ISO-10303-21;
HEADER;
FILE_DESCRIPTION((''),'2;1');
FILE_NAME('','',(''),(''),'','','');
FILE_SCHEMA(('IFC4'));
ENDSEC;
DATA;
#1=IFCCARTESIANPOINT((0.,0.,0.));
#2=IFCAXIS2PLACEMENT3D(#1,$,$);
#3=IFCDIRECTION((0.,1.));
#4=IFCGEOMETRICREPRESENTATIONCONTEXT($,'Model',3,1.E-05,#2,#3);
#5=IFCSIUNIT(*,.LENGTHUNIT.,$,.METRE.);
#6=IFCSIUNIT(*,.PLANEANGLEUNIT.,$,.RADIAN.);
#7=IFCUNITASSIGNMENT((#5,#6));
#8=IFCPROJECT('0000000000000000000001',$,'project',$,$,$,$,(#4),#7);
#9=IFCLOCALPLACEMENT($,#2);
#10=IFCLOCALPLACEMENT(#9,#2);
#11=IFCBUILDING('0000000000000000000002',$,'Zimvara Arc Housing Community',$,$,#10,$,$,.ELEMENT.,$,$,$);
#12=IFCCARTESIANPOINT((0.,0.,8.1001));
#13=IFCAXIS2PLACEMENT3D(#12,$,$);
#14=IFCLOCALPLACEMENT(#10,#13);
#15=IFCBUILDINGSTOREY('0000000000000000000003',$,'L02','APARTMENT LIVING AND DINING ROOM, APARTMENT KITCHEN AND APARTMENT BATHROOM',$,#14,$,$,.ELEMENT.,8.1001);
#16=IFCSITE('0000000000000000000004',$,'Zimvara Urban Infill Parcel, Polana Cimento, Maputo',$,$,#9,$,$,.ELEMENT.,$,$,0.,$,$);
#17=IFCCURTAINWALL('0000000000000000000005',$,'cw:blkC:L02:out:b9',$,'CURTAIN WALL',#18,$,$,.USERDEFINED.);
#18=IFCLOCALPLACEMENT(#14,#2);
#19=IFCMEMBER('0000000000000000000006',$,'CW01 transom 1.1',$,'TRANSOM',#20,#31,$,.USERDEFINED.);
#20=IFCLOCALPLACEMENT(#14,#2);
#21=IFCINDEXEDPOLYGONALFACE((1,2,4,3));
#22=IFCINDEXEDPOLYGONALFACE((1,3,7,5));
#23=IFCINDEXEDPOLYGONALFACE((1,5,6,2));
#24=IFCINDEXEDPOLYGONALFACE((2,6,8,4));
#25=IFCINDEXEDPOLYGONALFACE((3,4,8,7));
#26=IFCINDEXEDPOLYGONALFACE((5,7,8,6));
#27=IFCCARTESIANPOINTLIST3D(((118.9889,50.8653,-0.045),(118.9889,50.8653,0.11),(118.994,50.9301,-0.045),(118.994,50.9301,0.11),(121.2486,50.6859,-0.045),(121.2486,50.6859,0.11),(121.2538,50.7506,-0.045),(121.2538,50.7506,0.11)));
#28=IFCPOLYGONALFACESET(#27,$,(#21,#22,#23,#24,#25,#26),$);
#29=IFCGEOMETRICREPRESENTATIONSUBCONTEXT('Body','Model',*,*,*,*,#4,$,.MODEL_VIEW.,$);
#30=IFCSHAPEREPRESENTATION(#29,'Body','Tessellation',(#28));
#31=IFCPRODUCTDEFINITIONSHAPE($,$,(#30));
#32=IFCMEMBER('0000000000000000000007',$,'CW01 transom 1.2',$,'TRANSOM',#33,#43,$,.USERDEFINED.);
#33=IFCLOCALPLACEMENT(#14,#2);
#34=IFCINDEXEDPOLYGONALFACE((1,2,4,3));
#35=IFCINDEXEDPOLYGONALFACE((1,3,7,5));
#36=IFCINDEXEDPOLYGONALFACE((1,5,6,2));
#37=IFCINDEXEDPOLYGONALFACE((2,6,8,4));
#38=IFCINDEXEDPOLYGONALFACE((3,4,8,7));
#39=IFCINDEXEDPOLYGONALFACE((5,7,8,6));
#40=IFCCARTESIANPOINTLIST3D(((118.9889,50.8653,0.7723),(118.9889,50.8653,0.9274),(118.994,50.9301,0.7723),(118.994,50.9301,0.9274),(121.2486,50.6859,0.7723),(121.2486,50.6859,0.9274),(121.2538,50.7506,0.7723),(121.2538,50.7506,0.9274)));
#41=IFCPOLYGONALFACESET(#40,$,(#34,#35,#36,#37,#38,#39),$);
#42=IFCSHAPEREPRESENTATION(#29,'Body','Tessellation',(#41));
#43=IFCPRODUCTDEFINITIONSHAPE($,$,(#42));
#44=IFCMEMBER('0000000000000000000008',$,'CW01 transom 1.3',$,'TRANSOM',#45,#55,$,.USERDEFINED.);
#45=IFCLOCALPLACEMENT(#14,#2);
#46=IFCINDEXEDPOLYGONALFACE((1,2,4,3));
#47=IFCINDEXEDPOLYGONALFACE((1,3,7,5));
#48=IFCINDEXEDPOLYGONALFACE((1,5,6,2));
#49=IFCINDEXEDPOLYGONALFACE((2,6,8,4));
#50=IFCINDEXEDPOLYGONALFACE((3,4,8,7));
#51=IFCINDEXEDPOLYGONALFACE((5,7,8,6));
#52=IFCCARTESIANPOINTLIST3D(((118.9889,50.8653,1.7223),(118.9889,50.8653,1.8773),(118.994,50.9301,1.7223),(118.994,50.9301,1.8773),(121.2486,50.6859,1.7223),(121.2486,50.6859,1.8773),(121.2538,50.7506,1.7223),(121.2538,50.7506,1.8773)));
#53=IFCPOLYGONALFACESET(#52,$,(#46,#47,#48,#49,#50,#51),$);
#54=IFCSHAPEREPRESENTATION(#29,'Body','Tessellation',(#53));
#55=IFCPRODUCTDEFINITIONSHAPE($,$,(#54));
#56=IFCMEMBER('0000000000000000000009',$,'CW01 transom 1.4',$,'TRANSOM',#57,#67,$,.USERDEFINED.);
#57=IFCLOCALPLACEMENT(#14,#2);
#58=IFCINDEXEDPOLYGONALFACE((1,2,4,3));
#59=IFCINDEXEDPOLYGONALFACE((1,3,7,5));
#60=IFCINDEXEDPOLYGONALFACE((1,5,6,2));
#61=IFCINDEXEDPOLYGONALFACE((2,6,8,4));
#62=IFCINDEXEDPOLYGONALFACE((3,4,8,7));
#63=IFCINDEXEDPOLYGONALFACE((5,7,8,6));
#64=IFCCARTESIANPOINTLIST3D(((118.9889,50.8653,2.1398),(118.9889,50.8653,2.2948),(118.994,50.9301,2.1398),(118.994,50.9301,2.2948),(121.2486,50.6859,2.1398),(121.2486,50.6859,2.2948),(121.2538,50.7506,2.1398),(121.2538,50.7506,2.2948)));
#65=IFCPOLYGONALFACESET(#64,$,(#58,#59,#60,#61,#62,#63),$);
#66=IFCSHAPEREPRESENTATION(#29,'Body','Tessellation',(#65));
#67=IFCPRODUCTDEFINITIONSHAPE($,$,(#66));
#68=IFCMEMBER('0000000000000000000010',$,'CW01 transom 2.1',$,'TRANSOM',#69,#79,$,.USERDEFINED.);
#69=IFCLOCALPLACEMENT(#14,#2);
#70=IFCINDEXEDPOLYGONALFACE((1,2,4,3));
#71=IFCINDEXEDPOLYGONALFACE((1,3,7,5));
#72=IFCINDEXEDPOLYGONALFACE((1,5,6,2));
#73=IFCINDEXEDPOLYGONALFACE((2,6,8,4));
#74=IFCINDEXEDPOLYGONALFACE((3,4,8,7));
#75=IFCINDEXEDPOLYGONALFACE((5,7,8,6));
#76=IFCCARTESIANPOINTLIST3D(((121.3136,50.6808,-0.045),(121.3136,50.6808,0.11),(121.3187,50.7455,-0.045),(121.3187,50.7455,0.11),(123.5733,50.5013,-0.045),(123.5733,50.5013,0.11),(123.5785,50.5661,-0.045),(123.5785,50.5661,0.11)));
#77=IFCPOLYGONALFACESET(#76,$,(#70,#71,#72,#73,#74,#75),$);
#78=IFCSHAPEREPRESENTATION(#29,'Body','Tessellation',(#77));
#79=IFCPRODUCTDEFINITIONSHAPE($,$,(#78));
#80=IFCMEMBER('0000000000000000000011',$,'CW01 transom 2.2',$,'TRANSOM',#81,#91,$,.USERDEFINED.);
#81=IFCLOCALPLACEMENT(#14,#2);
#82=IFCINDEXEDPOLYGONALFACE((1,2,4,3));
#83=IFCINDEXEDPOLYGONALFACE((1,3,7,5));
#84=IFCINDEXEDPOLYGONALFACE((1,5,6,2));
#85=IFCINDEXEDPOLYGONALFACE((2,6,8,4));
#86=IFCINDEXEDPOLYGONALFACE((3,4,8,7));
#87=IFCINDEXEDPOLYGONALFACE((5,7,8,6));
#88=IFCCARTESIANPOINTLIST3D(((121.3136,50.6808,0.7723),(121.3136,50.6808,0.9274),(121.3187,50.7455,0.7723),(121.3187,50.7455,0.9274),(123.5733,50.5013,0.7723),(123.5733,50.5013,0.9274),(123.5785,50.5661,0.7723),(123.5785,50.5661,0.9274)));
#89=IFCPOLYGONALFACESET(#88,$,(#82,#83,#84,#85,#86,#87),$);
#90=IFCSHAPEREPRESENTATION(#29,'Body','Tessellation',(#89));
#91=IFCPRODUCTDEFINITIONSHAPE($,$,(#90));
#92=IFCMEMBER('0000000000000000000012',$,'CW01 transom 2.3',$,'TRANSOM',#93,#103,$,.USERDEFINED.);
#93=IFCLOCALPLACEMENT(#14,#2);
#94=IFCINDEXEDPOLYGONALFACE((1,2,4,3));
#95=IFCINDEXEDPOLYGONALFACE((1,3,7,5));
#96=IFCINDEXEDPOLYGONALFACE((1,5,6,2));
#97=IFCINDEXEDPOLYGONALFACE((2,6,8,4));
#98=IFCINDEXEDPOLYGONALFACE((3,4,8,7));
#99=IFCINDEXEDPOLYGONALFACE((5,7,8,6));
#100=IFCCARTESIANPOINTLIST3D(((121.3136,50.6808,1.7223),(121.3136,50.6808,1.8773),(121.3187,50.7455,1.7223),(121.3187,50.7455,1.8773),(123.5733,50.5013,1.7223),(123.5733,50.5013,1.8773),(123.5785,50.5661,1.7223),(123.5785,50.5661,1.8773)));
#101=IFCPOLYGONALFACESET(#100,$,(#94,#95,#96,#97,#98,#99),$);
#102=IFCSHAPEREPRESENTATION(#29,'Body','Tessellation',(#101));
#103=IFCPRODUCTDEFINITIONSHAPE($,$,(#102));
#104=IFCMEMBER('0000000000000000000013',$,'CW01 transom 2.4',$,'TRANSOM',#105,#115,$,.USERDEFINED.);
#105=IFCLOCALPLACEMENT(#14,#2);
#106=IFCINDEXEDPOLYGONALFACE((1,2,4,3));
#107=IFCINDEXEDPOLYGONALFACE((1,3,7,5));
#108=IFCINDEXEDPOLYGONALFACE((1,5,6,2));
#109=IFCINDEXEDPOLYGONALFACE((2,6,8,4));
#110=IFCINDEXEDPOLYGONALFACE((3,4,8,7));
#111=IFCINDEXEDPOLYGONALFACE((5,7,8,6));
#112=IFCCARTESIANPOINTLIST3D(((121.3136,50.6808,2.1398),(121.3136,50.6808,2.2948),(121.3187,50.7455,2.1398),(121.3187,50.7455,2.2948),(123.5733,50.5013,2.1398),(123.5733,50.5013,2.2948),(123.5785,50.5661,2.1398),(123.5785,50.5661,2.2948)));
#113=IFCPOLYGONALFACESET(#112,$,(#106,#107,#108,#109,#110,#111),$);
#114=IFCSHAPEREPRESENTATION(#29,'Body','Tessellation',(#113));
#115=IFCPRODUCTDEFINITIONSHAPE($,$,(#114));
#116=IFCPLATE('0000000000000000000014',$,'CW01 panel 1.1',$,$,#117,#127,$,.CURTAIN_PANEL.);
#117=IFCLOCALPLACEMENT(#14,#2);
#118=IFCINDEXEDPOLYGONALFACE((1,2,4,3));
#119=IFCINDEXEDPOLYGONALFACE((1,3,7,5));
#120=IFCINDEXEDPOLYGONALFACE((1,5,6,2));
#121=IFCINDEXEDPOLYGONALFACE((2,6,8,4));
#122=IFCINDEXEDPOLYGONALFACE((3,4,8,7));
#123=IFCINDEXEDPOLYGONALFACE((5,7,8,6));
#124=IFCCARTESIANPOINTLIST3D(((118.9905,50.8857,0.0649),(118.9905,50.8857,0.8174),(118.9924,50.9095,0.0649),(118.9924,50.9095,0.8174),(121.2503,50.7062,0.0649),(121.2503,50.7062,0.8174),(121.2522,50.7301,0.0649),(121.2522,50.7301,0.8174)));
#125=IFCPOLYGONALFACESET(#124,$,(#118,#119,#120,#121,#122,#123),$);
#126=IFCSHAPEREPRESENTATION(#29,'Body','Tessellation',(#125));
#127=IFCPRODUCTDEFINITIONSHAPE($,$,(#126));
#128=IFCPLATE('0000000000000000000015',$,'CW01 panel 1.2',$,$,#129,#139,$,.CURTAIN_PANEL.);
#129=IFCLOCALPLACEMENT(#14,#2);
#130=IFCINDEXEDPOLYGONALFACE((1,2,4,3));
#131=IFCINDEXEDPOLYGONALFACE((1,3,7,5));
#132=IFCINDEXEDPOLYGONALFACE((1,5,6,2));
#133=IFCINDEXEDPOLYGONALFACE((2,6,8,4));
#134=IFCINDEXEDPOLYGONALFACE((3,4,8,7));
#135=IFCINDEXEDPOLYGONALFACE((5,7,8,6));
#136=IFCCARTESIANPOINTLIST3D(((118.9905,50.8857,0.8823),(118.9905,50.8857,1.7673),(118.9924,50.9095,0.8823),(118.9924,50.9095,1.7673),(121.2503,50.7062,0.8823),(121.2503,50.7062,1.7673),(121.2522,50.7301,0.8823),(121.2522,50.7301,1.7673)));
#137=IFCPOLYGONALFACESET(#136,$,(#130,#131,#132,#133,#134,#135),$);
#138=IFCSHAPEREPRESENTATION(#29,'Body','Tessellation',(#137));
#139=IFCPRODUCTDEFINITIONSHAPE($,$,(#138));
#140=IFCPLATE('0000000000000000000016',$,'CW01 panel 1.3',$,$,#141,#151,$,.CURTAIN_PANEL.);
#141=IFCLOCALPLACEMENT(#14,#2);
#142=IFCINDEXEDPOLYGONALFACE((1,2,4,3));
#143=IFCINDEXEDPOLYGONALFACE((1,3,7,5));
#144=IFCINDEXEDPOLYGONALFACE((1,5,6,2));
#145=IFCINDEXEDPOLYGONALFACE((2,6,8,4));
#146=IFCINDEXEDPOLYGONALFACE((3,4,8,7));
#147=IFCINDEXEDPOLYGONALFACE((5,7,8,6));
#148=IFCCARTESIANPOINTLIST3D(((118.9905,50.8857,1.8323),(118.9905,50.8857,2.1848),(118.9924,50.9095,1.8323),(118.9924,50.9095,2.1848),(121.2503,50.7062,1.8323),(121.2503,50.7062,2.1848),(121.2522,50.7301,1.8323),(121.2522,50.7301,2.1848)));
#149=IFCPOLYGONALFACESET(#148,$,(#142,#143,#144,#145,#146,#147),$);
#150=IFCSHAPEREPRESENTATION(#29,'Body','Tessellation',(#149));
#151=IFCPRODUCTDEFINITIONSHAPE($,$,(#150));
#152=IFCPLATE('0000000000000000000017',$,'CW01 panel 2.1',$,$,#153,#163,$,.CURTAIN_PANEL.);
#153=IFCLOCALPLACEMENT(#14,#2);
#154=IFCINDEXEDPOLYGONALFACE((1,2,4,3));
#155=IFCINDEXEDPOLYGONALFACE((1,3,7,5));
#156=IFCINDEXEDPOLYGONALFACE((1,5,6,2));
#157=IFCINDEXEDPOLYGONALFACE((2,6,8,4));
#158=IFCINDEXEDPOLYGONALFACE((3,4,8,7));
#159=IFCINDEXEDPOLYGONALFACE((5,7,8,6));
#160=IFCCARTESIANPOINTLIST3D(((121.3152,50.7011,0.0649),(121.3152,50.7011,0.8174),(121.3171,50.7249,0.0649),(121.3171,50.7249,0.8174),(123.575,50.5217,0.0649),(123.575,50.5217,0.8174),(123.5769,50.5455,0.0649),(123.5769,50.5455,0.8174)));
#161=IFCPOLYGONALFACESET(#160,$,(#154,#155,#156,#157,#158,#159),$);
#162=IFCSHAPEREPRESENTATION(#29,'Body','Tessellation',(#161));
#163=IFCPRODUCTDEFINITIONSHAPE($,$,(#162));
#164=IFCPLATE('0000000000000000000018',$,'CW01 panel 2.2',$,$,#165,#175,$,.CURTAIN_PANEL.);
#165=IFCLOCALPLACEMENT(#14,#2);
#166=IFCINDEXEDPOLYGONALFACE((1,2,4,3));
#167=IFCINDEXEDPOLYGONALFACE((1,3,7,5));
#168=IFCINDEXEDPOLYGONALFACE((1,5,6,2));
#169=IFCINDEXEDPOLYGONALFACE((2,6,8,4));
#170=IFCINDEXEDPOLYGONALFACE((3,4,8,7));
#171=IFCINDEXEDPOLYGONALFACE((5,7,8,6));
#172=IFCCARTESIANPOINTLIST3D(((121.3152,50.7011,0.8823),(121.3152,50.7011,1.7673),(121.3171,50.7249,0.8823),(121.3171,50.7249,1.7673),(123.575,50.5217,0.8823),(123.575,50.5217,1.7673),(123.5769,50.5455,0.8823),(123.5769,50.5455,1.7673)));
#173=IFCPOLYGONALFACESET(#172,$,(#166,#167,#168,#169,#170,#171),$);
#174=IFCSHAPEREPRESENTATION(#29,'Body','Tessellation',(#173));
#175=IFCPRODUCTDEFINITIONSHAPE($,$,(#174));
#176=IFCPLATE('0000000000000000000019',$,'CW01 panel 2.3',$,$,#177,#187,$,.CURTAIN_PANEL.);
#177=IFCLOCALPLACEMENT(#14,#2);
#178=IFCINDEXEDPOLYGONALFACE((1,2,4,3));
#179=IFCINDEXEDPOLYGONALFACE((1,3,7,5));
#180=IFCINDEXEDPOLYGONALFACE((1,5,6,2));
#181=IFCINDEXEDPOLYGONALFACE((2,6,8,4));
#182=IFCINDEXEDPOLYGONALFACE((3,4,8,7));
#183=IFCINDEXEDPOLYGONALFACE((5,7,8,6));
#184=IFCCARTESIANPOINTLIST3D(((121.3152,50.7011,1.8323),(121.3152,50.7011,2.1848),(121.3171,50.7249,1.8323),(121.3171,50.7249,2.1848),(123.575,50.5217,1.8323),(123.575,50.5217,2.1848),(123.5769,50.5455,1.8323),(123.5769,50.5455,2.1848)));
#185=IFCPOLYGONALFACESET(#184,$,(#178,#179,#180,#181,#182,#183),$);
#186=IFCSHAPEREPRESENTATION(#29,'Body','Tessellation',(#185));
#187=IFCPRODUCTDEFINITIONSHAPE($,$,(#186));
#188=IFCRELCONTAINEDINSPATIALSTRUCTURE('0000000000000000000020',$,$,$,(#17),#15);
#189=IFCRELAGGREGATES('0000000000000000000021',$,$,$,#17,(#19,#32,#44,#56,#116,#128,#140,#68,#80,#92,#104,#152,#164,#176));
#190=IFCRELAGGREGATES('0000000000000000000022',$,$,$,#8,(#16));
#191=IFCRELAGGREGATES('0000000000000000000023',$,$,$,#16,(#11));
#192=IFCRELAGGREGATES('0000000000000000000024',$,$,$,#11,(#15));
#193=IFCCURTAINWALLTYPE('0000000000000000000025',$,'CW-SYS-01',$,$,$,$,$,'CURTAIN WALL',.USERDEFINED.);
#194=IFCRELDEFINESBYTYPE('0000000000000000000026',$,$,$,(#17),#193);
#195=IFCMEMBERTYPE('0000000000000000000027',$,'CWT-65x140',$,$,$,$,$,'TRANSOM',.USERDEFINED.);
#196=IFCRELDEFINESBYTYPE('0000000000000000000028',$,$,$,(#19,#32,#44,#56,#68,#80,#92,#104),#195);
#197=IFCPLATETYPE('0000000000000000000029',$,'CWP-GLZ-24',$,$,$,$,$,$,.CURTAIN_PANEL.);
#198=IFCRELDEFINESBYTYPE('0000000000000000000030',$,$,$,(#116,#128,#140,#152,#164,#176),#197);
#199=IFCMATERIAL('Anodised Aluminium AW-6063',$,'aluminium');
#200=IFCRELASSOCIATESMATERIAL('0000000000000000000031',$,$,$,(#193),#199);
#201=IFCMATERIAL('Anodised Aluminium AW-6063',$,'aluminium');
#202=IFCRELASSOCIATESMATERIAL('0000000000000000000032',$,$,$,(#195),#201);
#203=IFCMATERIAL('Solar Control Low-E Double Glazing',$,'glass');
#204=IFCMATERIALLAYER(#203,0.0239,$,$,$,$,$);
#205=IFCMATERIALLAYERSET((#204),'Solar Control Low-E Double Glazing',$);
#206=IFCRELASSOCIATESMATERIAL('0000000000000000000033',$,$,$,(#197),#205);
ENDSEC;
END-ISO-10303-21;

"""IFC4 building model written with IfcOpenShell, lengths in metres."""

from ifc_helpers import new_model, si_unit, direction, frame, origin, origin_2d, place, context, subcontext, project, spatial, rectangle, extrude, material, layer, layer_set, material_profile, profile_set, type_object, element, aggregate, save


model = new_model("IFC4")

# Units and contexts
model_context = context("Model", 3, precision=1e-05, world=origin(), true_north=direction((0.0, 1.0)))
body_context = subcontext(model_context, "Body", "Model", "MODEL_VIEW")
ifc_project = project(units=[si_unit("LENGTHUNIT", "METRE"), si_unit("PLANEANGLEUNIT", "RADIAN")], contexts=[model_context])

# Site, building, storey
site_placement = place(None, origin())
site = spatial("IfcSite", under=ifc_project, at=site_placement, Name="Zimvara Urban Infill Parcel, Polana Cimento, Maputo", CompositionType="ELEMENT", RefElevation=0.0)
building_placement = place(site_placement, origin())
building = spatial("IfcBuilding", under=site, at=building_placement, Name="Zimvara Arc Housing Community", CompositionType="ELEMENT")
storey_placement = place(building_placement, frame((0.0, 0.0, 8.1001)))
storey = spatial("IfcBuildingStorey", under=building, at=storey_placement, Name="L02", Description="APARTMENT LIVING AND DINING ROOM, APARTMENT KITCHEN AND APARTMENT BATHROOM", CompositionType="ELEMENT", Elevation=8.1001)

# Curtain wall
ifc_material_1 = material(Name="Anodised Aluminium AW-6063", Category="aluminium")
curtain_wall_type_1 = type_object("IfcCurtainWallType", Name="CW-SYS-01", ElementType="CURTAIN WALL", PredefinedType="USERDEFINED", material=ifc_material_1)
curtain_wall_1_placement = place(storey_placement, origin())
curtain_wall_1 = element("IfcCurtainWall", 1, at=curtain_wall_1_placement, inside=storey, type_object=curtain_wall_type_1, Name="cw:blkC:L02:out:b9", ObjectType="CURTAIN WALL", PredefinedType="USERDEFINED")

# Members
ifc_material_2 = material(Name="Anodised Aluminium AW-6063", Category="aluminium")
ifc_material_profile_1 = material_profile(ifc_material_2, rectangle(XDim=0.0649, YDim=0.155, at=origin_2d()), Name="ALU 65x155")
ifc_profile_set_1 = profile_set([ifc_material_profile_1], Name="Anodised Aluminium AW-6063")
member_type_1 = type_object("IfcMemberType", Name="CWT-65x140", ElementType="TRANSOM", PredefinedType="USERDEFINED", material=ifc_profile_set_1)
member_1_placement = place(storey_placement, frame((118.9915, 50.8977, 0.0325), z_axis=(0.996862, -0.079159, 0.0), x_axis=(0.079159, 0.996862, 0.0)))
member_1 = element("IfcMember", 2, at=member_1_placement, type_object=member_type_1, Name="CW01 transom 1.1", ObjectType="TRANSOM", PredefinedType="USERDEFINED", context=body_context, shape_type="SweptSolid", body=[
    extrude(rectangle(XDim=0.0649, YDim=0.155, at=origin_2d()), origin(), (0.0, 0.0, 1.0), 2.2668),
])
member_2_placement = place(storey_placement, frame((118.9915, 50.8977, 0.8499), z_axis=(0.996862, -0.079159, 0.0), x_axis=(0.079159, 0.996862, 0.0)))
member_2 = element("IfcMember", 3, at=member_2_placement, type_object=member_type_1, Name="CW01 transom 1.2", ObjectType="TRANSOM", PredefinedType="USERDEFINED", context=body_context, shape_type="SweptSolid", body=[
    extrude(rectangle(XDim=0.0649, YDim=0.155, at=origin_2d()), origin(), (0.0, 0.0, 1.0), 2.2668),
])
member_3_placement = place(storey_placement, frame((118.9915, 50.8977, 1.7998), z_axis=(0.996862, -0.079159, 0.0), x_axis=(0.079159, 0.996862, 0.0)))
member_3 = element("IfcMember", 4, at=member_3_placement, type_object=member_type_1, Name="CW01 transom 1.3", ObjectType="TRANSOM", PredefinedType="USERDEFINED", context=body_context, shape_type="SweptSolid", body=[
    extrude(rectangle(XDim=0.0649, YDim=0.155, at=origin_2d()), origin(), (0.0, 0.0, 1.0), 2.2668),
])
member_4_placement = place(storey_placement, frame((118.9915, 50.8977, 2.2173), z_axis=(0.996862, -0.079159, 0.0), x_axis=(0.079159, 0.996862, 0.0)))
member_4 = element("IfcMember", 5, at=member_4_placement, type_object=member_type_1, Name="CW01 transom 1.4", ObjectType="TRANSOM", PredefinedType="USERDEFINED", context=body_context, shape_type="SweptSolid", body=[
    extrude(rectangle(XDim=0.0649, YDim=0.155, at=origin_2d()), origin(), (0.0, 0.0, 1.0), 2.2668),
])
member_5_placement = place(storey_placement, frame((121.3162, 50.7131, 0.0325), z_axis=(0.996862, -0.079159, 0.0), x_axis=(0.079159, 0.996862, 0.0)))
member_5 = element("IfcMember", 6, at=member_5_placement, type_object=member_type_1, Name="CW01 transom 2.1", ObjectType="TRANSOM", PredefinedType="USERDEFINED", context=body_context, shape_type="SweptSolid", body=[
    extrude(rectangle(XDim=0.0649, YDim=0.155, at=origin_2d()), origin(), (0.0, 0.0, 1.0), 2.2668),
])
member_6_placement = place(storey_placement, frame((121.3162, 50.7131, 0.8499), z_axis=(0.996862, -0.079159, 0.0), x_axis=(0.079159, 0.996862, 0.0)))
member_6 = element("IfcMember", 7, at=member_6_placement, type_object=member_type_1, Name="CW01 transom 2.2", ObjectType="TRANSOM", PredefinedType="USERDEFINED", context=body_context, shape_type="SweptSolid", body=[
    extrude(rectangle(XDim=0.0649, YDim=0.155, at=origin_2d()), origin(), (0.0, 0.0, 1.0), 2.2668),
])
member_7_placement = place(storey_placement, frame((121.3162, 50.7131, 1.7998), z_axis=(0.996862, -0.079159, 0.0), x_axis=(0.079159, 0.996862, 0.0)))
member_7 = element("IfcMember", 8, at=member_7_placement, type_object=member_type_1, Name="CW01 transom 2.3", ObjectType="TRANSOM", PredefinedType="USERDEFINED", context=body_context, shape_type="SweptSolid", body=[
    extrude(rectangle(XDim=0.0649, YDim=0.155, at=origin_2d()), origin(), (0.0, 0.0, 1.0), 2.2668),
])
member_8_placement = place(storey_placement, frame((121.3162, 50.7131, 2.2173), z_axis=(0.996862, -0.079159, 0.0), x_axis=(0.079159, 0.996862, 0.0)))
member_8 = element("IfcMember", 9, at=member_8_placement, type_object=member_type_1, Name="CW01 transom 2.4", ObjectType="TRANSOM", PredefinedType="USERDEFINED", context=body_context, shape_type="SweptSolid", body=[
    extrude(rectangle(XDim=0.0649, YDim=0.155, at=origin_2d()), origin(), (0.0, 0.0, 1.0), 2.2668),
])

# Plates
ifc_material_3 = material(Name="Solar Control Low-E Double Glazing", Category="glass")
ifc_layer_1 = layer(ifc_material_3, 0.0239)
ifc_layer_set_1 = layer_set([ifc_layer_1], Name="Solar Control Low-E Double Glazing")
plate_type_1 = type_object("IfcPlateType", Name="CWP-GLZ-24", PredefinedType="CURTAIN_PANEL", material=ifc_layer_set_1)
plate_1_placement = place(storey_placement, frame((120.1213, 50.8079, 0.0649), z_axis=(0.0, 0.0, 1.0), x_axis=(0.996862, -0.079154, 0.0)))
plate_1 = element("IfcPlate", 10, at=plate_1_placement, type_object=plate_type_1, Name="CW01 panel 1.1", PredefinedType="CURTAIN_PANEL", context=body_context, shape_type="SweptSolid", body=[
    extrude(rectangle(XDim=2.2668, YDim=0.0239, at=origin_2d()), origin(), (0.0, 0.0, 1.0), 0.7524),
])
plate_2_placement = place(storey_placement, frame((120.1213, 50.8079, 0.8823), z_axis=(0.0, 0.0, 1.0), x_axis=(0.996862, -0.079154, 0.0)))
plate_2 = element("IfcPlate", 11, at=plate_2_placement, type_object=plate_type_1, Name="CW01 panel 1.2", PredefinedType="CURTAIN_PANEL", context=body_context, shape_type="SweptSolid", body=[
    extrude(rectangle(XDim=2.2668, YDim=0.0239, at=origin_2d()), origin(), (0.0, 0.0, 1.0), 0.885),
])
plate_3_placement = place(storey_placement, frame((120.1213, 50.8079, 1.8323), z_axis=(0.0, 0.0, 1.0), x_axis=(0.996862, -0.079154, 0.0)))
plate_3 = element("IfcPlate", 12, at=plate_3_placement, type_object=plate_type_1, Name="CW01 panel 1.3", PredefinedType="CURTAIN_PANEL", context=body_context, shape_type="SweptSolid", body=[
    extrude(rectangle(XDim=2.2668, YDim=0.0239, at=origin_2d()), origin(), (0.0, 0.0, 1.0), 0.3525),
])
plate_4_placement = place(storey_placement, frame((122.446, 50.6233, 0.0649), z_axis=(0.0, 0.0, 1.0), x_axis=(0.996862, -0.079154, 0.0)))
plate_4 = element("IfcPlate", 13, at=plate_4_placement, type_object=plate_type_1, Name="CW01 panel 2.1", PredefinedType="CURTAIN_PANEL", context=body_context, shape_type="SweptSolid", body=[
    extrude(rectangle(XDim=2.2668, YDim=0.0239, at=origin_2d()), origin(), (0.0, 0.0, 1.0), 0.7524),
])
plate_5_placement = place(storey_placement, frame((122.446, 50.6233, 0.8823), z_axis=(0.0, 0.0, 1.0), x_axis=(0.996862, -0.079154, 0.0)))
plate_5 = element("IfcPlate", 14, at=plate_5_placement, type_object=plate_type_1, Name="CW01 panel 2.2", PredefinedType="CURTAIN_PANEL", context=body_context, shape_type="SweptSolid", body=[
    extrude(rectangle(XDim=2.2668, YDim=0.0239, at=origin_2d()), origin(), (0.0, 0.0, 1.0), 0.885),
])
plate_6_placement = place(storey_placement, frame((122.446, 50.6233, 1.8323), z_axis=(0.0, 0.0, 1.0), x_axis=(0.996862, -0.079154, 0.0)))
plate_6 = element("IfcPlate", 15, at=plate_6_placement, type_object=plate_type_1, Name="CW01 panel 2.3", PredefinedType="CURTAIN_PANEL", context=body_context, shape_type="SweptSolid", body=[
    extrude(rectangle(XDim=2.2668, YDim=0.0239, at=origin_2d()), origin(), (0.0, 0.0, 1.0), 0.3525),
])
aggregate(curtain_wall_1, [member_1, member_2, member_3, member_4, plate_1, plate_2, plate_3, member_5, member_6, member_7, member_8, plate_4, plate_5, plate_6])

save(model, "model.ifc")
